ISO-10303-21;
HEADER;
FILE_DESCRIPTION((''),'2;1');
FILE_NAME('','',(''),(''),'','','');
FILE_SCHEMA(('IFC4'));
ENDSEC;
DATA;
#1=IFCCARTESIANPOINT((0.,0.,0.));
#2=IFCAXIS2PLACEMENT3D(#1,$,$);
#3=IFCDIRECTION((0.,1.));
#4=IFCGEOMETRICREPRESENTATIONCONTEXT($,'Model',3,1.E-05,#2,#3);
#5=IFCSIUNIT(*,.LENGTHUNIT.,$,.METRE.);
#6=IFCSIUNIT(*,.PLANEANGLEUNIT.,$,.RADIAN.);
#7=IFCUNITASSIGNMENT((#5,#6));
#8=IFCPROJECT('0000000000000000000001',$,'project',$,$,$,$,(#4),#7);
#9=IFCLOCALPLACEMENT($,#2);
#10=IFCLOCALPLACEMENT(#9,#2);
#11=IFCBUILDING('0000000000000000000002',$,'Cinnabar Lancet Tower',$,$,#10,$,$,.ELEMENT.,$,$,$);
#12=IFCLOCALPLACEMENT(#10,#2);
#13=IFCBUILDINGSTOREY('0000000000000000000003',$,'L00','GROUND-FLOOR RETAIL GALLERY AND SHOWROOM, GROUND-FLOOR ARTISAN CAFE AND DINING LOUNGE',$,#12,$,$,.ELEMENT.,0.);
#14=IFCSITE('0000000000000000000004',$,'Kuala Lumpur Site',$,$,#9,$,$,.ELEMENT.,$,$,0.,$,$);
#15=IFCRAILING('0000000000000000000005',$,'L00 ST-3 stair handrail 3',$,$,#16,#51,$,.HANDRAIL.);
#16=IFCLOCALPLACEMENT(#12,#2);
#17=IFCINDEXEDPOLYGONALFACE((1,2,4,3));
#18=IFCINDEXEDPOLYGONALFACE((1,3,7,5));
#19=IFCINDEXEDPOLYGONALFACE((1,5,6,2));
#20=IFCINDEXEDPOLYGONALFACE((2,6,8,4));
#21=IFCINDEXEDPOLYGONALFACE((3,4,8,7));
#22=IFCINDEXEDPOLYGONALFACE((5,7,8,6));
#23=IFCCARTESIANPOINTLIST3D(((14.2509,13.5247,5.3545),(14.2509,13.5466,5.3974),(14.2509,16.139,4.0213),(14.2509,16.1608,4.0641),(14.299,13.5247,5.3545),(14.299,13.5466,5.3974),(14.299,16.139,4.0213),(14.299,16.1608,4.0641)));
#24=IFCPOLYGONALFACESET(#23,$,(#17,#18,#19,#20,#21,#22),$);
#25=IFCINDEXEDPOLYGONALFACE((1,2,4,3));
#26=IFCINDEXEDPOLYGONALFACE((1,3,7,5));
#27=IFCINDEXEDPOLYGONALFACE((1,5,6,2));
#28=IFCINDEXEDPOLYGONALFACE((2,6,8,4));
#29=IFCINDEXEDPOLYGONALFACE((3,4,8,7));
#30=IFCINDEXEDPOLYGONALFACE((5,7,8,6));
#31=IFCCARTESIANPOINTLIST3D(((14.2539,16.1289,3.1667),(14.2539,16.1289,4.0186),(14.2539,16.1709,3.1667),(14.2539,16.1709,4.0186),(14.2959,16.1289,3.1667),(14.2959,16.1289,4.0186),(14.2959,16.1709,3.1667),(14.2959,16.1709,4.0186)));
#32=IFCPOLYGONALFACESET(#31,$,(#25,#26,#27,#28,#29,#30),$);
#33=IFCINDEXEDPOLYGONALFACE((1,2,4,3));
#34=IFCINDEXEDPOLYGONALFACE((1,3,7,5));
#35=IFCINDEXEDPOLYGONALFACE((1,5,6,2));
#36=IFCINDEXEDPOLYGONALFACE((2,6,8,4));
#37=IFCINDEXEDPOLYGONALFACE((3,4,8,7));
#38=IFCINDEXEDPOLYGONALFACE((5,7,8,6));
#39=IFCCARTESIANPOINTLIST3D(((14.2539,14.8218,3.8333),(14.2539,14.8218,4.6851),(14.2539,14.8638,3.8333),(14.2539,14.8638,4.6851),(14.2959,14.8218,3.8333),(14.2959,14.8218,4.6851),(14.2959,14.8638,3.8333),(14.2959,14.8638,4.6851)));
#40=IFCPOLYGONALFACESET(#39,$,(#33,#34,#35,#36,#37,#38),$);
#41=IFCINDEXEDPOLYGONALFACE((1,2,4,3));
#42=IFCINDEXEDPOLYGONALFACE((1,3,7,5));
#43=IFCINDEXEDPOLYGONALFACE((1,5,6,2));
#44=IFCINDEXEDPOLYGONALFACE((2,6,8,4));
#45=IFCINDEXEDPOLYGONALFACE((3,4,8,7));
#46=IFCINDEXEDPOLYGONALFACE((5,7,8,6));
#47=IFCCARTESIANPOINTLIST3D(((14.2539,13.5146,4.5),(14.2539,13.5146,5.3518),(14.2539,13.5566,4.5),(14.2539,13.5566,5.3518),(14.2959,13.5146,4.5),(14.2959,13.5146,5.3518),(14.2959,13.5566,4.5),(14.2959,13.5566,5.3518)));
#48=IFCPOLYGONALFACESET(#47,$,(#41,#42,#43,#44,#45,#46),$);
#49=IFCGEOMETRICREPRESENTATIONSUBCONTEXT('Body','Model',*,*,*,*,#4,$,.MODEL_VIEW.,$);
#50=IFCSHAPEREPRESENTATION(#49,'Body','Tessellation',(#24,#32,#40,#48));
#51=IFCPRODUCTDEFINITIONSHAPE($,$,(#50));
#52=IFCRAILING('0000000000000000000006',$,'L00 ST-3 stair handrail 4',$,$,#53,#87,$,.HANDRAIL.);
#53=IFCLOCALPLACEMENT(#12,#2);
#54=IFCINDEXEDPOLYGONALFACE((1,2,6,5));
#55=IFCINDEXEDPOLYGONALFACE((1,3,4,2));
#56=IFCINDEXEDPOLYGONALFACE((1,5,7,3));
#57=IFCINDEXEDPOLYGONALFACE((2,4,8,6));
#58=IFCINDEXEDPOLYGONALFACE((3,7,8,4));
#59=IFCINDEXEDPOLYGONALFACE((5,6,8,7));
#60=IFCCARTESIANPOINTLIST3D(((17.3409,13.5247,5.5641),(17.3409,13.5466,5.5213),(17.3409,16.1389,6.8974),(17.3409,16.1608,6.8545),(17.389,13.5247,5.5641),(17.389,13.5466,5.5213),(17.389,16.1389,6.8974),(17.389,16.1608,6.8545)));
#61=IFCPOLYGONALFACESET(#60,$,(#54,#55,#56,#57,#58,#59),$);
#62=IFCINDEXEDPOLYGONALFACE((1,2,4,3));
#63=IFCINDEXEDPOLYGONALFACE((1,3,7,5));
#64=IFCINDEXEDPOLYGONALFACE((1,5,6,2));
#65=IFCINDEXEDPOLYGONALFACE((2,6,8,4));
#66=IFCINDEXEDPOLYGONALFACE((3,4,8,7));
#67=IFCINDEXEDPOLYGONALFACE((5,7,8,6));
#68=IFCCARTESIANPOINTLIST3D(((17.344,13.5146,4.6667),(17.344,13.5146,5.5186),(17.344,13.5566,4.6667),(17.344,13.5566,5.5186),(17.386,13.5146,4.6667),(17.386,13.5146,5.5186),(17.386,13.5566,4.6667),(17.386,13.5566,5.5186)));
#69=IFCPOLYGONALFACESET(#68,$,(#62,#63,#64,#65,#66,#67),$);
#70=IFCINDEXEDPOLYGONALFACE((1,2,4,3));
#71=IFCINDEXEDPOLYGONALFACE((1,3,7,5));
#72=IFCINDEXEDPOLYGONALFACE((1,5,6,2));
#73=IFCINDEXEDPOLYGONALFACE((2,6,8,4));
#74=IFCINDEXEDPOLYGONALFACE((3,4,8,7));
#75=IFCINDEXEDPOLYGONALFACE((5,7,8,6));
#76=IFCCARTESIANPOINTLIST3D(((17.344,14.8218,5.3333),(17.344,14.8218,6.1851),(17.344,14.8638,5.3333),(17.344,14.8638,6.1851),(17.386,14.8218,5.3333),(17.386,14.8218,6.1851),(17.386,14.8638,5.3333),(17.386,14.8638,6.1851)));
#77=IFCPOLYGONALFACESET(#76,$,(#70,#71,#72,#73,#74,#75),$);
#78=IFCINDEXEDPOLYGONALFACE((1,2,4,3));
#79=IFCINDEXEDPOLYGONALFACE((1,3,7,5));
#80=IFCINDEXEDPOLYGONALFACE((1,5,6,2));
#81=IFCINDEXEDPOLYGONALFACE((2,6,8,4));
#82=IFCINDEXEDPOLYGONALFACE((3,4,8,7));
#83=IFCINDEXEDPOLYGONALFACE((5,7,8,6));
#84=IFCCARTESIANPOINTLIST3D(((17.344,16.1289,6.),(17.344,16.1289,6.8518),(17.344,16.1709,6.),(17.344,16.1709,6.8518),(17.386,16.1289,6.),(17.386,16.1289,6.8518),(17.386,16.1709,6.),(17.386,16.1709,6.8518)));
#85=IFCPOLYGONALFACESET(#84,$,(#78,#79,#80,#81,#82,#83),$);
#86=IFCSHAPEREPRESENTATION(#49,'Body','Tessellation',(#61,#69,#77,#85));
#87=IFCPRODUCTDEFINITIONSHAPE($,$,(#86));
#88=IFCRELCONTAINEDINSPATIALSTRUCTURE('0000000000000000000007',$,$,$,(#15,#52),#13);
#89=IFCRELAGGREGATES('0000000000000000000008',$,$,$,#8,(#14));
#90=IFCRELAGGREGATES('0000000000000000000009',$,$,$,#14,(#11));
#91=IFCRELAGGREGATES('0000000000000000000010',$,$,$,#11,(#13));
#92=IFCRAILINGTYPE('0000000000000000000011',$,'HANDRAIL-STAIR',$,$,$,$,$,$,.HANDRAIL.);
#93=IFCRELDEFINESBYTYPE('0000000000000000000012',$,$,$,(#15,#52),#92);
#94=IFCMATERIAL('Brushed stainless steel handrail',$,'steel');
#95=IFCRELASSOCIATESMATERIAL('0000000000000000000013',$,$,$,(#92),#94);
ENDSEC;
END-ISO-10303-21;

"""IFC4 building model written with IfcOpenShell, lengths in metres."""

from ifc_helpers import new_model, si_unit, direction, frame, origin, origin_2d, place, context, subcontext, project, spatial, rectangle, extrude, material, type_object, element, save


model = new_model("IFC4")

# Units and contexts
model_context = context("Model", 3, precision=1e-05, world=origin(), true_north=direction((0.0, 1.0)))
body_context = subcontext(model_context, "Body", "Model", "MODEL_VIEW")
ifc_project = project(units=[si_unit("LENGTHUNIT", "METRE"), si_unit("PLANEANGLEUNIT", "RADIAN")], contexts=[model_context])

# Site, building, storey
site_placement = place(None, origin())
site = spatial("IfcSite", under=ifc_project, at=site_placement, Name="Kuala Lumpur Site", CompositionType="ELEMENT", RefElevation=0.0)
building_placement = place(site_placement, origin())
building = spatial("IfcBuilding", under=site, at=building_placement, Name="Cinnabar Lancet Tower", CompositionType="ELEMENT")
storey_placement = place(building_placement, origin())
storey = spatial("IfcBuildingStorey", under=building, at=storey_placement, Name="L00", Description="GROUND-FLOOR RETAIL GALLERY AND SHOWROOM, GROUND-FLOOR ARTISAN CAFE AND DINING LOUNGE", CompositionType="ELEMENT", Elevation=0.0)

# Railings
ifc_material_1 = material(Name="Brushed stainless steel handrail", Category="steel")
railing_type_1 = type_object("IfcRailingType", Name="HANDRAIL-STAIR", PredefinedType="HANDRAIL", material=ifc_material_1)
railing_1_placement = place(storey_placement, frame((14.2749, 16.1499, 3.1667)))
element("IfcRailing", 1, at=railing_1_placement, inside=storey, type_object=railing_type_1, Name="L00 ST-3 stair handrail 3", PredefinedType="HANDRAIL", context=body_context, shape_type="SweptSolid", body=[
    extrude(rectangle(XDim=0.0481, YDim=0.0481, at=origin_2d()), frame((0.0, 0.0, 0.876), z_axis=(0.0, -0.890838, 0.454321), x_axis=(1.0, 0.0, 0.0)), (0.0, 0.0, 1.0), 2.9346),
    extrude(rectangle(XDim=0.042, YDim=0.042, at=origin_2d()), origin(), (0.0, 0.0, 1.0), 0.8518),
    extrude(rectangle(XDim=0.042, YDim=0.042, at=origin_2d()), frame((0.0, -1.3071, 0.6665)), (0.0, 0.0, 1.0), 0.8518),
    extrude(rectangle(XDim=0.042, YDim=0.042, at=origin_2d()), frame((0.0, -2.6143, 1.3333)), (0.0, 0.0, 1.0), 0.8518),
])
railing_2_placement = place(storey_placement, frame((17.365, 13.5356, 4.6667)))
element("IfcRailing", 2, at=railing_2_placement, inside=storey, type_object=railing_type_1, Name="L00 ST-3 stair handrail 4", PredefinedType="HANDRAIL", context=body_context, shape_type="SweptSolid", body=[
    extrude(rectangle(XDim=0.0481, YDim=0.0481, at=origin_2d()), frame((0.0, 0.0, 0.876), z_axis=(0.0, 0.890838, 0.454321), x_axis=(-1.0, 0.0, 0.0)), (0.0, 0.0, 1.0), 2.9346),
    extrude(rectangle(XDim=0.042, YDim=0.042, at=origin_2d()), origin(), (0.0, 0.0, 1.0), 0.8518),
    extrude(rectangle(XDim=0.042, YDim=0.042, at=origin_2d()), frame((0.0, 1.3071, 0.6665)), (0.0, 0.0, 1.0), 0.8518),
    extrude(rectangle(XDim=0.042, YDim=0.042, at=origin_2d()), frame((0.0, 2.6143, 1.3333)), (0.0, 0.0, 1.0), 0.8518),
])

save(model, "model.ifc")
